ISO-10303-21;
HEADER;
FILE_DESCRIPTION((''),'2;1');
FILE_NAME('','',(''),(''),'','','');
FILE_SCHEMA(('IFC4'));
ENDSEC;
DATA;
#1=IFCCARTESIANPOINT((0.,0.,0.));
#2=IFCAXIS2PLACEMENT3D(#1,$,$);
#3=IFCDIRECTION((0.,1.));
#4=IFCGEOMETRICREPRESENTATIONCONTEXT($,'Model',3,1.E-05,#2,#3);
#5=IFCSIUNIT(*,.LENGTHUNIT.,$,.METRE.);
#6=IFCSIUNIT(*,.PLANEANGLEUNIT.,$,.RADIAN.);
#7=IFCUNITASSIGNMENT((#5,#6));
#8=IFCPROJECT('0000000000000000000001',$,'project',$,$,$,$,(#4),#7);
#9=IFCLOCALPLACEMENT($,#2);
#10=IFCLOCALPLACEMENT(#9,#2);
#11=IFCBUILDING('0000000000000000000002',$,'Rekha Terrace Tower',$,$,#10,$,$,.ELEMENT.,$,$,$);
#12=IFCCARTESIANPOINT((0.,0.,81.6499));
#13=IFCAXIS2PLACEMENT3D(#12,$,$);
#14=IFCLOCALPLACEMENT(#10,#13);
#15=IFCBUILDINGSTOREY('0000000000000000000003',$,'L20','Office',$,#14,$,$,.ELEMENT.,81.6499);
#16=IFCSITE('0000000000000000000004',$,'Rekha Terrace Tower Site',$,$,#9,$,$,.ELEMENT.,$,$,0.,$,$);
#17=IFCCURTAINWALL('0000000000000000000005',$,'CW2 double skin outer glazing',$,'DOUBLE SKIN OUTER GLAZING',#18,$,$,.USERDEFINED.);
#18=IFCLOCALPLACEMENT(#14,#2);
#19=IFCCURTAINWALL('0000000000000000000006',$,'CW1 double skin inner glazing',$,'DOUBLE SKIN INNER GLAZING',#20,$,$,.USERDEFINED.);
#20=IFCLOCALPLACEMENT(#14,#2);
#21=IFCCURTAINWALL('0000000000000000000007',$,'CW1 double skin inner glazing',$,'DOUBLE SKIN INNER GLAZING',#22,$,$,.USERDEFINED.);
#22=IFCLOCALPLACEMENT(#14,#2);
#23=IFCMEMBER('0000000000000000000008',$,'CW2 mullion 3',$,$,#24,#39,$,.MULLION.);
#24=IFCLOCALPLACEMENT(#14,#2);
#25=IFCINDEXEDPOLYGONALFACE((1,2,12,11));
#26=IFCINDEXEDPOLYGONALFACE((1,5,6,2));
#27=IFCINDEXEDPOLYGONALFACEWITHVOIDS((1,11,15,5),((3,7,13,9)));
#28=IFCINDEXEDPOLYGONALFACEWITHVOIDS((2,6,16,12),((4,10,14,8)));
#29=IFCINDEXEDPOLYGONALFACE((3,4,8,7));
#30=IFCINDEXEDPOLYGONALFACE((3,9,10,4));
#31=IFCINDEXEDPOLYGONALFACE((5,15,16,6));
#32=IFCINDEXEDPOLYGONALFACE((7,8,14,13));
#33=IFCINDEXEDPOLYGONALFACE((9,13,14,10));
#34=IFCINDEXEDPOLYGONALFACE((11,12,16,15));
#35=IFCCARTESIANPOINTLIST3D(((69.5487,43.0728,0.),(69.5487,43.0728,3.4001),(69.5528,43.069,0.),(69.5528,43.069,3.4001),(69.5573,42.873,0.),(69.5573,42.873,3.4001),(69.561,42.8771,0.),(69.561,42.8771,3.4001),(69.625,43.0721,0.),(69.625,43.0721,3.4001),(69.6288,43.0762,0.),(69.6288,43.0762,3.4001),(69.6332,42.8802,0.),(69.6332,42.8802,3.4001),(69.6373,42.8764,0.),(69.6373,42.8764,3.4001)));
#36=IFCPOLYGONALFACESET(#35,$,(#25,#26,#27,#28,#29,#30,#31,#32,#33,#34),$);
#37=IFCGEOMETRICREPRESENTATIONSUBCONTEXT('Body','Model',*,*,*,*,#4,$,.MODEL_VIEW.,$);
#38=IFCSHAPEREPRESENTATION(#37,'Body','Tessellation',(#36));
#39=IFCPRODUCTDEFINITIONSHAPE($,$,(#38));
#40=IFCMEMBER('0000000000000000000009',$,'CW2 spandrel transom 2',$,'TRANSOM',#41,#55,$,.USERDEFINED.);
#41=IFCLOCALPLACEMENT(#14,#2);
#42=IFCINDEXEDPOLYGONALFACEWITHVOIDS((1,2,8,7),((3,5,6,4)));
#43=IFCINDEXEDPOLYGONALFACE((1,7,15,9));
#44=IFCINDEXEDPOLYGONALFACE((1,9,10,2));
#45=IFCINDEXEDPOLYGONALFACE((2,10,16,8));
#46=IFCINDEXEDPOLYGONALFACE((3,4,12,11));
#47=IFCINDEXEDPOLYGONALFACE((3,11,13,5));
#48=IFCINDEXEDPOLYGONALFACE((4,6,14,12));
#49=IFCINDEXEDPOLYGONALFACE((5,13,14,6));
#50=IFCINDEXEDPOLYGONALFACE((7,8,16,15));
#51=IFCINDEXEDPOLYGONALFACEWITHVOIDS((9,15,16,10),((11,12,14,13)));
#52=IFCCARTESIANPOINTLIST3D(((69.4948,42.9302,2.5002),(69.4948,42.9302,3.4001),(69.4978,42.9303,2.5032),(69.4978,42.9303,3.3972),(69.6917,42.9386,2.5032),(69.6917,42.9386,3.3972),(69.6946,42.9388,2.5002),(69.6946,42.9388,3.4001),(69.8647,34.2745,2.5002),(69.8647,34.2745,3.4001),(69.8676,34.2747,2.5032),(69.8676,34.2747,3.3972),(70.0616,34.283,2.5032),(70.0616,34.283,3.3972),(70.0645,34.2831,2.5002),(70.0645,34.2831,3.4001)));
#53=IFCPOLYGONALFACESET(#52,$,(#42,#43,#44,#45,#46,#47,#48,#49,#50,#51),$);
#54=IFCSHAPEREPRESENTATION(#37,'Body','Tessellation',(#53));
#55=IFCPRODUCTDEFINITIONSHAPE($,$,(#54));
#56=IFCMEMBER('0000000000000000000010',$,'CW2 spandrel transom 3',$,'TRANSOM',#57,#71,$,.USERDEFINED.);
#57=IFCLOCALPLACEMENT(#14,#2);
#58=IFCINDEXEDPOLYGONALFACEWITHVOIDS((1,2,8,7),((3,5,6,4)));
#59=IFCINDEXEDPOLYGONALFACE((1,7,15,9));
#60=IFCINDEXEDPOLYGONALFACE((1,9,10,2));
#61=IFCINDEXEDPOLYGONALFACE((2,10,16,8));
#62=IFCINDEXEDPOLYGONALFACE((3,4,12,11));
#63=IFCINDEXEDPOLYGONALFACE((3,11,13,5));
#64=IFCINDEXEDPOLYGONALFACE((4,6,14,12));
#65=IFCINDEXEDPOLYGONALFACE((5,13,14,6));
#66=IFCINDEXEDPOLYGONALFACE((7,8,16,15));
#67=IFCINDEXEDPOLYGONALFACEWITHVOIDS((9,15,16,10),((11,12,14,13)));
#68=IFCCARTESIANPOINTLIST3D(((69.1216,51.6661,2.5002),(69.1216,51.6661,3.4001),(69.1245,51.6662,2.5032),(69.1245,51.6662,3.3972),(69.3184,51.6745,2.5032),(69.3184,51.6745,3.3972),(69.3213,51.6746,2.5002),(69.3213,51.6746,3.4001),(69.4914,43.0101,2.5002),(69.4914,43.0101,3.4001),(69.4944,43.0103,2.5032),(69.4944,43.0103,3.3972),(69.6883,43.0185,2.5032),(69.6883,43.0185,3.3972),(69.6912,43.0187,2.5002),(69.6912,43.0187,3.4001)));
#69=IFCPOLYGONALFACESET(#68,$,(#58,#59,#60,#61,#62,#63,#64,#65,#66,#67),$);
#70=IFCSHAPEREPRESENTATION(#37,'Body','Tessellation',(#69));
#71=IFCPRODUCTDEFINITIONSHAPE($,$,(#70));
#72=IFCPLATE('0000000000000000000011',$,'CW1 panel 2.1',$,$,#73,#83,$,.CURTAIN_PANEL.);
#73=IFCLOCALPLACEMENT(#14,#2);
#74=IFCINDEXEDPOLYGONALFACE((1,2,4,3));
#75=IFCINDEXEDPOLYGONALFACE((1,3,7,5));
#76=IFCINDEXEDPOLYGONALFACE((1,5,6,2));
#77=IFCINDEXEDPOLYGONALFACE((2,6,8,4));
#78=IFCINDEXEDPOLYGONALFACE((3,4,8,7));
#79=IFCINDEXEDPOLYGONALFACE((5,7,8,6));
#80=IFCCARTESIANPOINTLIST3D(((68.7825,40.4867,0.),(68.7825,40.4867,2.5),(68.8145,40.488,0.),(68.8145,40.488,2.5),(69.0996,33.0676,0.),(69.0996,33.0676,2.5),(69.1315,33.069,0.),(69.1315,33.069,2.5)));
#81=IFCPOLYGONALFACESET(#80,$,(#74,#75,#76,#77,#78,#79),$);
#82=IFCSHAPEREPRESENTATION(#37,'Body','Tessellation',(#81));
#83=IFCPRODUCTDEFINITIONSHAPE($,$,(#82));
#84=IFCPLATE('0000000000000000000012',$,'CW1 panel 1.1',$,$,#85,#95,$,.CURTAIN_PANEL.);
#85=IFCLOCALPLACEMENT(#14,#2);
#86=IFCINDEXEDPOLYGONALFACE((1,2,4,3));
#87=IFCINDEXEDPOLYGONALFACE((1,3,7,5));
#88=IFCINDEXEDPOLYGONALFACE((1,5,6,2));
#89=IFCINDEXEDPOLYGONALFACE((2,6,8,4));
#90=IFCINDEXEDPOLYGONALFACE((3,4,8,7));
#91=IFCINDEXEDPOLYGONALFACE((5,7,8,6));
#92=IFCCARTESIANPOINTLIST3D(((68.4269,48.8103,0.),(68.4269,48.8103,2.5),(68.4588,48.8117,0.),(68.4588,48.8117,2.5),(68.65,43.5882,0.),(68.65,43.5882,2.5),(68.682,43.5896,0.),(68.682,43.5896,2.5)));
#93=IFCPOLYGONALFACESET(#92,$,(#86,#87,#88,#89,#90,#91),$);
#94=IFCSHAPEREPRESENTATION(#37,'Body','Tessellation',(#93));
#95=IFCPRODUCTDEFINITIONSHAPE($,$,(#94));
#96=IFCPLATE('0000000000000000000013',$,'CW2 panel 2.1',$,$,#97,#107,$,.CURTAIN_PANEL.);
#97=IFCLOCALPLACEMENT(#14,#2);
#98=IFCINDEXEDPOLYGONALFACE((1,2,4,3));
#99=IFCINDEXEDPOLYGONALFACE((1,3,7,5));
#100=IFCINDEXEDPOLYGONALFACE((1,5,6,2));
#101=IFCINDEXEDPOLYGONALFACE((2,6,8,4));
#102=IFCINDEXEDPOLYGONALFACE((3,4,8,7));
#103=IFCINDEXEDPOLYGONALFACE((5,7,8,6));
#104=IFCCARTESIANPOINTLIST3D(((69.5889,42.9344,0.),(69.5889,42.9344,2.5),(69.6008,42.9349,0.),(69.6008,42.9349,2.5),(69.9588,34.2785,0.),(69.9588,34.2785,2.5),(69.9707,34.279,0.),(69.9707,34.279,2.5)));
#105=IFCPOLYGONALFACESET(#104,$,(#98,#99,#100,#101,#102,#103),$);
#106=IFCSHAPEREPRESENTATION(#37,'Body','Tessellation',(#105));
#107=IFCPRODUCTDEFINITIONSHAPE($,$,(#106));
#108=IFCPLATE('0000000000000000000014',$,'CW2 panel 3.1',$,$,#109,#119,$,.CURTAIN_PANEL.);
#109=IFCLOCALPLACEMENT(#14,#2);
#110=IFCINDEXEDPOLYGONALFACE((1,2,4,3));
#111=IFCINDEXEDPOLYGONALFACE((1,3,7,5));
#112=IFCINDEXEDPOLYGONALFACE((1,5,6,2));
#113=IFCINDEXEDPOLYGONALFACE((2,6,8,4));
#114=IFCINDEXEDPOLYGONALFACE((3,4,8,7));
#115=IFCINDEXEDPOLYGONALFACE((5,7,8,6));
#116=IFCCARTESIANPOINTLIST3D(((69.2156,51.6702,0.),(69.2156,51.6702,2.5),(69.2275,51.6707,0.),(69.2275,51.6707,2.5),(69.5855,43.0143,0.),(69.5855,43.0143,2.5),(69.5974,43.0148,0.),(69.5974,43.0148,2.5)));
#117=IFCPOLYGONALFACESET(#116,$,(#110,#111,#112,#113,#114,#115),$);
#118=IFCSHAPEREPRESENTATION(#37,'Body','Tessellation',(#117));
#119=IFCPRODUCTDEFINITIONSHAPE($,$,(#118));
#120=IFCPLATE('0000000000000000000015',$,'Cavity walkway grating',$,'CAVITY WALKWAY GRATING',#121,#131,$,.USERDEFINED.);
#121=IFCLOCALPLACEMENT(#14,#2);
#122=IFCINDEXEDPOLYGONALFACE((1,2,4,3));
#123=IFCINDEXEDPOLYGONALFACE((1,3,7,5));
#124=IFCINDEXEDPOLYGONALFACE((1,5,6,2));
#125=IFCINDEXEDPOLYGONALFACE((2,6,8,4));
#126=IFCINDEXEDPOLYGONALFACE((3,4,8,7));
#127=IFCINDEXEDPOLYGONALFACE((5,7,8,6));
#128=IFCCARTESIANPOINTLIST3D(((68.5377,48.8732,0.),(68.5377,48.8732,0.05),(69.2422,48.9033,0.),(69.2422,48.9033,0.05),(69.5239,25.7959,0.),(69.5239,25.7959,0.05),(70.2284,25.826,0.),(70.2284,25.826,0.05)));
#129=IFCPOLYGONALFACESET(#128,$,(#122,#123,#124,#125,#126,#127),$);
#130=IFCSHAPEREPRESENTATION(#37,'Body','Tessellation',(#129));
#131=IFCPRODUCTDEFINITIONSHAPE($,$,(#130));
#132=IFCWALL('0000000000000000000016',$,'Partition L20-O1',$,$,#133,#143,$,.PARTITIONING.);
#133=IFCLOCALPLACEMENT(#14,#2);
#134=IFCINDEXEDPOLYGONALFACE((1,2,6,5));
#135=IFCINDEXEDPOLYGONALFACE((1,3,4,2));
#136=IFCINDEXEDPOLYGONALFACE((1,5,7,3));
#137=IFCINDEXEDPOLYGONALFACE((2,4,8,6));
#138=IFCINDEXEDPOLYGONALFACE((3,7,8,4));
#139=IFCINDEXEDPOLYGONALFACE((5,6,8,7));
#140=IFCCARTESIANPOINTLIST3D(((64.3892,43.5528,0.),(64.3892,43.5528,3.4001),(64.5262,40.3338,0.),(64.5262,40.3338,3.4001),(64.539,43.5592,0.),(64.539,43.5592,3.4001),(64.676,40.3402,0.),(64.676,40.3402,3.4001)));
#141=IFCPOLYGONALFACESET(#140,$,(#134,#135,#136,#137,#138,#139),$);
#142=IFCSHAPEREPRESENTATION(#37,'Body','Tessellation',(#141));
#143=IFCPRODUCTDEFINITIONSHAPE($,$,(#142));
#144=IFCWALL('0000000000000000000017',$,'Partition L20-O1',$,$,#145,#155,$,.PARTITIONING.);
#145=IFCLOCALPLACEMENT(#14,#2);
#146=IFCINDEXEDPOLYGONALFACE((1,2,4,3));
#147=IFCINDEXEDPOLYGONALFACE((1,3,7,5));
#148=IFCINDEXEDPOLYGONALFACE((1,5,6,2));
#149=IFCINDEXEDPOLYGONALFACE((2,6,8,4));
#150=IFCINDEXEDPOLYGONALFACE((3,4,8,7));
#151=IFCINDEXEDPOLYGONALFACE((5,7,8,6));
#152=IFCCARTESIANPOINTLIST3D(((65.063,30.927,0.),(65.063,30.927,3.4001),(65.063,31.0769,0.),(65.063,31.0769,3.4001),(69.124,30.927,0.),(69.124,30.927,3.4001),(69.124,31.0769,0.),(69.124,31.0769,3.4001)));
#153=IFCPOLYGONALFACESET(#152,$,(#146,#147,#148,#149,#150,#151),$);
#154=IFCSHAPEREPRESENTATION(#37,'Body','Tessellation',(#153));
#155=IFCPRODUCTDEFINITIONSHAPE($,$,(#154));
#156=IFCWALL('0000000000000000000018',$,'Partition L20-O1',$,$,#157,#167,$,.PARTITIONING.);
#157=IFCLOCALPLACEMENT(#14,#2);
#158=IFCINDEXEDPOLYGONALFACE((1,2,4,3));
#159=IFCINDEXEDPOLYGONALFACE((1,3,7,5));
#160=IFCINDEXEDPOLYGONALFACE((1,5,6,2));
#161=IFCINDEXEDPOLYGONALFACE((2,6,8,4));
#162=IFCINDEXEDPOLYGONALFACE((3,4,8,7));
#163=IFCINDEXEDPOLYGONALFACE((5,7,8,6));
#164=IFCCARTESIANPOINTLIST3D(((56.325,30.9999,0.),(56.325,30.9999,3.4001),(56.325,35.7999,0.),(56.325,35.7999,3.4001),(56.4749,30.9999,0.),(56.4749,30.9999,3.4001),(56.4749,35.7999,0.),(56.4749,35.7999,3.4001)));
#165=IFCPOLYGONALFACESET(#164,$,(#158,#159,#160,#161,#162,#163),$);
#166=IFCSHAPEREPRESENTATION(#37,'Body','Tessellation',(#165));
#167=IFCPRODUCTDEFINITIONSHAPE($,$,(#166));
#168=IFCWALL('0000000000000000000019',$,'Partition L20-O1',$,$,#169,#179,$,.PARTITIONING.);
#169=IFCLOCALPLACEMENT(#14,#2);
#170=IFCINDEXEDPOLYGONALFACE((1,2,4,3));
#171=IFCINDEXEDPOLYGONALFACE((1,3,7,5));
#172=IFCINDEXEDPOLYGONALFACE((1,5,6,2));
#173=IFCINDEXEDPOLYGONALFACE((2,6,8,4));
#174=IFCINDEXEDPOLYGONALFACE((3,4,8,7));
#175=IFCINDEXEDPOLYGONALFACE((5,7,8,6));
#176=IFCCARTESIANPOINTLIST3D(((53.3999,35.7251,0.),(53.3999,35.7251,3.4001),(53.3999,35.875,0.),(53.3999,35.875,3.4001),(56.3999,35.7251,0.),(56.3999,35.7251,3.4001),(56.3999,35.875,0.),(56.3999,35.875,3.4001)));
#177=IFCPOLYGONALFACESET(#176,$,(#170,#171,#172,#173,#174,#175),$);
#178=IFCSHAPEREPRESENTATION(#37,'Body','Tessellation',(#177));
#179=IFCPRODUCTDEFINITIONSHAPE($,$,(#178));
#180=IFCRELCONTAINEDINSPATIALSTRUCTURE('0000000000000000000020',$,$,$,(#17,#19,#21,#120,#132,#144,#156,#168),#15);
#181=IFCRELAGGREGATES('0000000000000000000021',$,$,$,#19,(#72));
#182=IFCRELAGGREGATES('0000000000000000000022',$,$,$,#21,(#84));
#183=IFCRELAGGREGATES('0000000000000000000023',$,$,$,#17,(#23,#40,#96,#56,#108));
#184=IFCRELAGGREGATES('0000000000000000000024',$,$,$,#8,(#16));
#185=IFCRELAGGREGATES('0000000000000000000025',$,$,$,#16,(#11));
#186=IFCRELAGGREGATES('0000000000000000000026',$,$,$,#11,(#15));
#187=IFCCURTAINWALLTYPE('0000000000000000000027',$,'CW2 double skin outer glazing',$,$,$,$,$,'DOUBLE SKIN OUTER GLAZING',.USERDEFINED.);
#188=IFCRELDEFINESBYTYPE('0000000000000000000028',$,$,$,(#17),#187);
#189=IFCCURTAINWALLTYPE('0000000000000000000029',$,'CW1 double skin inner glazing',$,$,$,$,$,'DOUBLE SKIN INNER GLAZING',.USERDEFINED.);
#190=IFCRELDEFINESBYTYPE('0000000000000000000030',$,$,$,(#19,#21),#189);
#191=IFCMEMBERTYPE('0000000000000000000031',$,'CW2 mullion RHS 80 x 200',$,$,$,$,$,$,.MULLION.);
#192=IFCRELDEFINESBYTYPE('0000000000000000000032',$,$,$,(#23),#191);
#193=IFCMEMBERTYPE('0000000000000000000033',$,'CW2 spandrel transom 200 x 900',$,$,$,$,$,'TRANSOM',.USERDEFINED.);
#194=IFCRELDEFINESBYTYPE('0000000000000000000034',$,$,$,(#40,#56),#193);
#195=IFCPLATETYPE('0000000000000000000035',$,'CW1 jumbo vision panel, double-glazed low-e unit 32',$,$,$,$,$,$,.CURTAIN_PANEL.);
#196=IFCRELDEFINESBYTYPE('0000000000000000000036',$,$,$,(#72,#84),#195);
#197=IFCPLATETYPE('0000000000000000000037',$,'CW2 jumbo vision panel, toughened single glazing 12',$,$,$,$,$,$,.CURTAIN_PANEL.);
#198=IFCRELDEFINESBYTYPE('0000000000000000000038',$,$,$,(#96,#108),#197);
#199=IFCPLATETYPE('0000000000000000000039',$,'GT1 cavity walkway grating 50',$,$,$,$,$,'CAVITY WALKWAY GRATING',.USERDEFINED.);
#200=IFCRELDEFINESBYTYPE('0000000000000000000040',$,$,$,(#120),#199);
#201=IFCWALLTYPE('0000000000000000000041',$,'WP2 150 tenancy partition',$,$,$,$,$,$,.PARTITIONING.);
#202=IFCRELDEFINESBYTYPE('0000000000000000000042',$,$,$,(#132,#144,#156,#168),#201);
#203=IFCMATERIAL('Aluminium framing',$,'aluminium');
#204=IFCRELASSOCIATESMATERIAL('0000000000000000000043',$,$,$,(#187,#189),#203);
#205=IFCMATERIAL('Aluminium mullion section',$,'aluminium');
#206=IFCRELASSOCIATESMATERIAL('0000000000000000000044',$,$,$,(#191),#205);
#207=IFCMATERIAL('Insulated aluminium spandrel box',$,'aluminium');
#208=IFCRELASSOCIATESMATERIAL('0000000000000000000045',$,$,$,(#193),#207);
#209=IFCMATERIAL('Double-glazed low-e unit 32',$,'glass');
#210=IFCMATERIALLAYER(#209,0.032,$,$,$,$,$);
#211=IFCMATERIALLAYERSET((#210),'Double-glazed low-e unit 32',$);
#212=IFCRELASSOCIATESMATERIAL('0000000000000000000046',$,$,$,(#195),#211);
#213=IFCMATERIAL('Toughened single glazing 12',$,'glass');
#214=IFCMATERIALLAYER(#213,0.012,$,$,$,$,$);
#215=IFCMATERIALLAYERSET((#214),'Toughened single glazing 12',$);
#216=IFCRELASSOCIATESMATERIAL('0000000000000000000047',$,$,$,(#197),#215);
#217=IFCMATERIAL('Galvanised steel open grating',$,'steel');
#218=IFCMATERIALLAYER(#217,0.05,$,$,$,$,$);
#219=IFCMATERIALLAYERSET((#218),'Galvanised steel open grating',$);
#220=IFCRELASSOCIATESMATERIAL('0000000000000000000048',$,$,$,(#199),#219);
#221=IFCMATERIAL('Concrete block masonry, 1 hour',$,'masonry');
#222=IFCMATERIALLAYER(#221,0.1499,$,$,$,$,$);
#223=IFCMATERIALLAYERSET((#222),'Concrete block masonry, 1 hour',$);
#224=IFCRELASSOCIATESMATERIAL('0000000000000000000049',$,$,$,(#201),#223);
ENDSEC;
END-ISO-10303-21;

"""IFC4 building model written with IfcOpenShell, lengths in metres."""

from ifc_helpers import new_model, si_unit, direction, frame, frame_2d, origin, origin_2d, place, context, subcontext, project, spatial, rectangle, hollow_rectangle, extrude, material, layer, layer_set, material_profile, profile_set, type_object, element, aggregate, save


model = new_model("IFC4")

# Units and contexts
model_context = context("Model", 3, precision=1e-05, world=origin(), true_north=direction((0.0, 1.0)))
body_context = subcontext(model_context, "Body", "Model", "MODEL_VIEW")
ifc_project = project(units=[si_unit("LENGTHUNIT", "METRE"), si_unit("PLANEANGLEUNIT", "RADIAN")], contexts=[model_context])

# Site, building, storey
site_placement = place(None, origin())
site = spatial("IfcSite", under=ifc_project, at=site_placement, Name="Rekha Terrace Tower Site", CompositionType="ELEMENT", RefElevation=0.0)
building_placement = place(site_placement, origin())
building = spatial("IfcBuilding", under=site, at=building_placement, Name="Rekha Terrace Tower", CompositionType="ELEMENT")
storey_placement = place(building_placement, frame((0.0, 0.0, 81.6499)))
storey = spatial("IfcBuildingStorey", under=building, at=storey_placement, Name="L20", Description="Office", CompositionType="ELEMENT", Elevation=81.6499)

# Curtain walls
ifc_material_1 = material(Name="Aluminium framing", Category="aluminium")
curtain_wall_type_1 = type_object("IfcCurtainWallType", Name="CW2 double skin outer glazing", ElementType="DOUBLE SKIN OUTER GLAZING", PredefinedType="USERDEFINED", material=ifc_material_1)
curtain_wall_1_placement = place(storey_placement, origin())
curtain_wall_1 = element("IfcCurtainWall", 1, at=curtain_wall_1_placement, inside=storey, type_object=curtain_wall_type_1, Name="CW2 double skin outer glazing", ObjectType="DOUBLE SKIN OUTER GLAZING", PredefinedType="USERDEFINED")
curtain_wall_type_2 = type_object("IfcCurtainWallType", Name="CW1 double skin inner glazing", ElementType="DOUBLE SKIN INNER GLAZING", PredefinedType="USERDEFINED", material=ifc_material_1)
curtain_wall_2_placement = place(storey_placement, origin())
curtain_wall_2 = element("IfcCurtainWall", 2, at=curtain_wall_2_placement, inside=storey, type_object=curtain_wall_type_2, Name="CW1 double skin inner glazing", ObjectType="DOUBLE SKIN INNER GLAZING", PredefinedType="USERDEFINED")
ifc_material_2 = material(Name="Aluminium mullion section", Category="aluminium")

# Curtain wall
curtain_wall_3_placement = place(storey_placement, origin())
curtain_wall_3 = element("IfcCurtainWall", 3, at=curtain_wall_3_placement, inside=storey, type_object=curtain_wall_type_2, Name="CW1 double skin inner glazing", ObjectType="DOUBLE SKIN INNER GLAZING", PredefinedType="USERDEFINED")

# Members
ifc_material_3 = material(Name="Insulated aluminium spandrel box", Category="aluminium")
ifc_material_profile_1 = material_profile(ifc_material_2, hollow_rectangle(XDim=0.0801, YDim=0.2, WallThickness=0.0039, at=origin_2d()), Name="AL RHS 80x200")
ifc_profile_set_1 = profile_set([ifc_material_profile_1], Name="Aluminium mullion section")
member_type_1 = type_object("IfcMemberType", Name="CW2 mullion RHS 80 x 200", PredefinedType="MULLION", material=ifc_profile_set_1)
member_1_placement = place(storey_placement, frame((69.593, 42.9746, 0.0), z_axis=(0.0, 0.0, 1.0), x_axis=(-0.999088, -0.042696, 0.0)))
member_1 = element("IfcMember", 4, at=member_1_placement, type_object=member_type_1, Name="CW2 mullion 3", PredefinedType="MULLION", context=body_context, shape_type="SweptSolid", body=[
    extrude(hollow_rectangle(XDim=0.0801, YDim=0.2, WallThickness=0.0039, at=origin_2d()), origin(), (0.0, 0.0, 1.0), 3.4001),
])
ifc_material_profile_2 = material_profile(ifc_material_3, hollow_rectangle(XDim=0.2, YDim=0.8999, WallThickness=0.0029, at=origin_2d()), Name="AL SPANDREL BOX 200x900")
ifc_profile_set_2 = profile_set([ifc_material_profile_2], Name="Insulated aluminium spandrel box")
member_type_2 = type_object("IfcMemberType", Name="CW2 spandrel transom 200 x 900", ElementType="TRANSOM", PredefinedType="USERDEFINED", material=ifc_profile_set_2)
member_2_placement = place(storey_placement, frame((69.9646, 34.2788, 2.9502), z_axis=(-0.042692, 0.999088, 0.0), x_axis=(-0.999088, -0.042692, 0.0)))
member_2 = element("IfcMember", 5, at=member_2_placement, type_object=member_type_2, Name="CW2 spandrel transom 2", ObjectType="TRANSOM", PredefinedType="USERDEFINED", context=body_context, shape_type="SweptSolid", body=[
    extrude(hollow_rectangle(XDim=0.2, YDim=0.8999, WallThickness=0.0029, at=origin_2d()), origin(), (0.0, 0.0, 1.0), 8.6636),
])
member_3_placement = place(storey_placement, frame((69.5913, 43.0144, 2.9502), z_axis=(-0.042691, 0.999088, 0.0), x_axis=(-0.999088, -0.042691, 0.0)))
member_3 = element("IfcMember", 6, at=member_3_placement, type_object=member_type_2, Name="CW2 spandrel transom 3", ObjectType="TRANSOM", PredefinedType="USERDEFINED", context=body_context, shape_type="SweptSolid", body=[
    extrude(hollow_rectangle(XDim=0.2, YDim=0.8999, WallThickness=0.0029, at=origin_2d()), origin(), (0.0, 0.0, 1.0), 8.6638),
])

# Plates
ifc_material_4 = material(Name="Double-glazed low-e unit 32", Category="glass")
ifc_layer_1 = layer(ifc_material_4, 0.032)
ifc_layer_set_1 = layer_set([ifc_layer_1], Name="Double-glazed low-e unit 32")
plate_type_1 = type_object("IfcPlateType", Name="CW1 jumbo vision panel, double-glazed low-e unit 32", PredefinedType="CURTAIN_PANEL", material=ifc_layer_set_1)
plate_1_placement = place(storey_placement, frame((68.957, 36.7778, 0.0), z_axis=(0.0, 0.0, 1.0), x_axis=(-0.042696, 0.999088, 0.0)))
plate_1 = element("IfcPlate", 7, at=plate_1_placement, type_object=plate_type_1, Name="CW1 panel 2.1", PredefinedType="CURTAIN_PANEL", context=body_context, shape_type="SweptSolid", body=[
    extrude(rectangle(XDim=7.4258, YDim=0.032, at=origin_2d()), origin(), (0.0, 0.0, 1.0), 2.5),
])
aggregate(curtain_wall_2, [plate_1])
plate_2_placement = place(storey_placement, frame((68.5544, 46.2, 0.0), z_axis=(0.0, 0.0, 1.0), x_axis=(-0.042696, 0.999088, 0.0)))
plate_2 = element("IfcPlate", 8, at=plate_2_placement, type_object=plate_type_1, Name="CW1 panel 1.1", PredefinedType="CURTAIN_PANEL", context=body_context, shape_type="SweptSolid", body=[
    extrude(rectangle(XDim=5.2268, YDim=0.032, at=origin_2d()), origin(), (0.0, 0.0, 1.0), 2.5),
])
aggregate(curtain_wall_3, [plate_2])
ifc_material_5 = material(Name="Toughened single glazing 12", Category="glass")
ifc_layer_2 = layer(ifc_material_5, 0.012)
ifc_layer_set_2 = layer_set([ifc_layer_2], Name="Toughened single glazing 12")
plate_type_2 = type_object("IfcPlateType", Name="CW2 jumbo vision panel, toughened single glazing 12", PredefinedType="CURTAIN_PANEL", material=ifc_layer_set_2)
plate_3_placement = place(storey_placement, frame((69.7798, 38.6067, 0.0), z_axis=(0.0, 0.0, 1.0), x_axis=(-0.042696, 0.999088, 0.0)))
plate_3 = element("IfcPlate", 9, at=plate_3_placement, type_object=plate_type_2, Name="CW2 panel 2.1", PredefinedType="CURTAIN_PANEL", context=body_context, shape_type="SweptSolid", body=[
    extrude(rectangle(XDim=8.6638, YDim=0.012, at=origin_2d()), origin(), (0.0, 0.0, 1.0), 2.5),
])
plate_4_placement = place(storey_placement, frame((69.4065, 47.3425, 0.0), z_axis=(0.0, 0.0, 1.0), x_axis=(-0.042696, 0.999088, 0.0)))
plate_4 = element("IfcPlate", 10, at=plate_4_placement, type_object=plate_type_2, Name="CW2 panel 3.1", PredefinedType="CURTAIN_PANEL", context=body_context, shape_type="SweptSolid", body=[
    extrude(rectangle(XDim=8.6638, YDim=0.012, at=origin_2d()), origin(), (0.0, 0.0, 1.0), 2.5),
])
aggregate(curtain_wall_1, [member_1, member_2, plate_3, member_3, plate_4])
ifc_material_6 = material(Name="Galvanised steel open grating", Category="steel")
ifc_layer_3 = layer(ifc_material_6, 0.05)
ifc_layer_set_3 = layer_set([ifc_layer_3], Name="Galvanised steel open grating")
plate_type_3 = type_object("IfcPlateType", Name="GT1 cavity walkway grating 50", ElementType="CAVITY WALKWAY GRATING", PredefinedType="USERDEFINED", material=ifc_layer_set_3)
plate_5_placement = place(storey_placement, frame((69.3831, 37.3496, 0.0), z_axis=(0.0, 0.0, 1.0), x_axis=(-0.042696, 0.999088, 0.0)))
element("IfcPlate", 11, at=plate_5_placement, inside=storey, type_object=plate_type_3, Name="Cavity walkway grating", ObjectType="CAVITY WALKWAY GRATING", PredefinedType="USERDEFINED", context=body_context, shape_type="SweptSolid", body=[
    extrude(rectangle(XDim=23.0984, YDim=0.7051, at=origin_2d()), origin(), (0.0, 0.0, 1.0), 0.05),
])

# Walls
ifc_material_7 = material(Name="Concrete block masonry, 1 hour", Category="masonry")
ifc_layer_4 = layer(ifc_material_7, 0.1499)
ifc_layer_set_4 = layer_set([ifc_layer_4], Name="Concrete block masonry, 1 hour")
wall_type_1 = type_object("IfcWallType", Name="WP2 150 tenancy partition", PredefinedType="PARTITIONING", material=ifc_layer_set_4)
wall_1_placement = place(storey_placement, frame((64.4641, 43.5559, 0.0), z_axis=(0.0, 0.0, 1.0), x_axis=(0.04251, -0.999096, 0.0)))
element("IfcWall", 12, at=wall_1_placement, inside=storey, type_object=wall_type_1, Name="Partition L20-O1", PredefinedType="PARTITIONING", context=body_context, shape_type="SweptSolid", body=[
    extrude(rectangle(XDim=3.2219, YDim=0.1499, at=frame_2d((1.6108, 0.0))), origin(), (0.0, 0.0, 1.0), 3.4001),
])
wall_2_placement = place(storey_placement, frame((65.063, 31.002, 0.0), z_axis=(0.0, 0.0, 1.0), x_axis=(1.0, 0.0, 0.0)))
element("IfcWall", 13, at=wall_2_placement, inside=storey, type_object=wall_type_1, Name="Partition L20-O1", PredefinedType="PARTITIONING", context=body_context, shape_type="SweptSolid", body=[
    extrude(rectangle(XDim=4.061, YDim=0.1499, at=frame_2d((2.0305, 0.0))), origin(), (0.0, 0.0, 1.0), 3.4001),
])
wall_3_placement = place(storey_placement, frame((56.3999, 31.0, 0.0), z_axis=(0.0, 0.0, 1.0), x_axis=(0.0, 1.0, 0.0)))
element("IfcWall", 14, at=wall_3_placement, inside=storey, type_object=wall_type_1, Name="Partition L20-O1", PredefinedType="PARTITIONING", context=body_context, shape_type="SweptSolid", body=[
    extrude(rectangle(XDim=4.8, YDim=0.1499, at=frame_2d((2.3999, 0.0))), origin(), (0.0, 0.0, 1.0), 3.4001),
])
wall_4_placement = place(storey_placement, frame((56.3999, 35.8, 0.0), z_axis=(0.0, 0.0, 1.0), x_axis=(-1.0, 0.0, 0.0)))
element("IfcWall", 15, at=wall_4_placement, inside=storey, type_object=wall_type_1, Name="Partition L20-O1", PredefinedType="PARTITIONING", context=body_context, shape_type="SweptSolid", body=[
    extrude(rectangle(XDim=3.0, YDim=0.1499, at=frame_2d((1.5, 0.0))), origin(), (0.0, 0.0, 1.0), 3.4001),
])

save(model, "model.ifc")
